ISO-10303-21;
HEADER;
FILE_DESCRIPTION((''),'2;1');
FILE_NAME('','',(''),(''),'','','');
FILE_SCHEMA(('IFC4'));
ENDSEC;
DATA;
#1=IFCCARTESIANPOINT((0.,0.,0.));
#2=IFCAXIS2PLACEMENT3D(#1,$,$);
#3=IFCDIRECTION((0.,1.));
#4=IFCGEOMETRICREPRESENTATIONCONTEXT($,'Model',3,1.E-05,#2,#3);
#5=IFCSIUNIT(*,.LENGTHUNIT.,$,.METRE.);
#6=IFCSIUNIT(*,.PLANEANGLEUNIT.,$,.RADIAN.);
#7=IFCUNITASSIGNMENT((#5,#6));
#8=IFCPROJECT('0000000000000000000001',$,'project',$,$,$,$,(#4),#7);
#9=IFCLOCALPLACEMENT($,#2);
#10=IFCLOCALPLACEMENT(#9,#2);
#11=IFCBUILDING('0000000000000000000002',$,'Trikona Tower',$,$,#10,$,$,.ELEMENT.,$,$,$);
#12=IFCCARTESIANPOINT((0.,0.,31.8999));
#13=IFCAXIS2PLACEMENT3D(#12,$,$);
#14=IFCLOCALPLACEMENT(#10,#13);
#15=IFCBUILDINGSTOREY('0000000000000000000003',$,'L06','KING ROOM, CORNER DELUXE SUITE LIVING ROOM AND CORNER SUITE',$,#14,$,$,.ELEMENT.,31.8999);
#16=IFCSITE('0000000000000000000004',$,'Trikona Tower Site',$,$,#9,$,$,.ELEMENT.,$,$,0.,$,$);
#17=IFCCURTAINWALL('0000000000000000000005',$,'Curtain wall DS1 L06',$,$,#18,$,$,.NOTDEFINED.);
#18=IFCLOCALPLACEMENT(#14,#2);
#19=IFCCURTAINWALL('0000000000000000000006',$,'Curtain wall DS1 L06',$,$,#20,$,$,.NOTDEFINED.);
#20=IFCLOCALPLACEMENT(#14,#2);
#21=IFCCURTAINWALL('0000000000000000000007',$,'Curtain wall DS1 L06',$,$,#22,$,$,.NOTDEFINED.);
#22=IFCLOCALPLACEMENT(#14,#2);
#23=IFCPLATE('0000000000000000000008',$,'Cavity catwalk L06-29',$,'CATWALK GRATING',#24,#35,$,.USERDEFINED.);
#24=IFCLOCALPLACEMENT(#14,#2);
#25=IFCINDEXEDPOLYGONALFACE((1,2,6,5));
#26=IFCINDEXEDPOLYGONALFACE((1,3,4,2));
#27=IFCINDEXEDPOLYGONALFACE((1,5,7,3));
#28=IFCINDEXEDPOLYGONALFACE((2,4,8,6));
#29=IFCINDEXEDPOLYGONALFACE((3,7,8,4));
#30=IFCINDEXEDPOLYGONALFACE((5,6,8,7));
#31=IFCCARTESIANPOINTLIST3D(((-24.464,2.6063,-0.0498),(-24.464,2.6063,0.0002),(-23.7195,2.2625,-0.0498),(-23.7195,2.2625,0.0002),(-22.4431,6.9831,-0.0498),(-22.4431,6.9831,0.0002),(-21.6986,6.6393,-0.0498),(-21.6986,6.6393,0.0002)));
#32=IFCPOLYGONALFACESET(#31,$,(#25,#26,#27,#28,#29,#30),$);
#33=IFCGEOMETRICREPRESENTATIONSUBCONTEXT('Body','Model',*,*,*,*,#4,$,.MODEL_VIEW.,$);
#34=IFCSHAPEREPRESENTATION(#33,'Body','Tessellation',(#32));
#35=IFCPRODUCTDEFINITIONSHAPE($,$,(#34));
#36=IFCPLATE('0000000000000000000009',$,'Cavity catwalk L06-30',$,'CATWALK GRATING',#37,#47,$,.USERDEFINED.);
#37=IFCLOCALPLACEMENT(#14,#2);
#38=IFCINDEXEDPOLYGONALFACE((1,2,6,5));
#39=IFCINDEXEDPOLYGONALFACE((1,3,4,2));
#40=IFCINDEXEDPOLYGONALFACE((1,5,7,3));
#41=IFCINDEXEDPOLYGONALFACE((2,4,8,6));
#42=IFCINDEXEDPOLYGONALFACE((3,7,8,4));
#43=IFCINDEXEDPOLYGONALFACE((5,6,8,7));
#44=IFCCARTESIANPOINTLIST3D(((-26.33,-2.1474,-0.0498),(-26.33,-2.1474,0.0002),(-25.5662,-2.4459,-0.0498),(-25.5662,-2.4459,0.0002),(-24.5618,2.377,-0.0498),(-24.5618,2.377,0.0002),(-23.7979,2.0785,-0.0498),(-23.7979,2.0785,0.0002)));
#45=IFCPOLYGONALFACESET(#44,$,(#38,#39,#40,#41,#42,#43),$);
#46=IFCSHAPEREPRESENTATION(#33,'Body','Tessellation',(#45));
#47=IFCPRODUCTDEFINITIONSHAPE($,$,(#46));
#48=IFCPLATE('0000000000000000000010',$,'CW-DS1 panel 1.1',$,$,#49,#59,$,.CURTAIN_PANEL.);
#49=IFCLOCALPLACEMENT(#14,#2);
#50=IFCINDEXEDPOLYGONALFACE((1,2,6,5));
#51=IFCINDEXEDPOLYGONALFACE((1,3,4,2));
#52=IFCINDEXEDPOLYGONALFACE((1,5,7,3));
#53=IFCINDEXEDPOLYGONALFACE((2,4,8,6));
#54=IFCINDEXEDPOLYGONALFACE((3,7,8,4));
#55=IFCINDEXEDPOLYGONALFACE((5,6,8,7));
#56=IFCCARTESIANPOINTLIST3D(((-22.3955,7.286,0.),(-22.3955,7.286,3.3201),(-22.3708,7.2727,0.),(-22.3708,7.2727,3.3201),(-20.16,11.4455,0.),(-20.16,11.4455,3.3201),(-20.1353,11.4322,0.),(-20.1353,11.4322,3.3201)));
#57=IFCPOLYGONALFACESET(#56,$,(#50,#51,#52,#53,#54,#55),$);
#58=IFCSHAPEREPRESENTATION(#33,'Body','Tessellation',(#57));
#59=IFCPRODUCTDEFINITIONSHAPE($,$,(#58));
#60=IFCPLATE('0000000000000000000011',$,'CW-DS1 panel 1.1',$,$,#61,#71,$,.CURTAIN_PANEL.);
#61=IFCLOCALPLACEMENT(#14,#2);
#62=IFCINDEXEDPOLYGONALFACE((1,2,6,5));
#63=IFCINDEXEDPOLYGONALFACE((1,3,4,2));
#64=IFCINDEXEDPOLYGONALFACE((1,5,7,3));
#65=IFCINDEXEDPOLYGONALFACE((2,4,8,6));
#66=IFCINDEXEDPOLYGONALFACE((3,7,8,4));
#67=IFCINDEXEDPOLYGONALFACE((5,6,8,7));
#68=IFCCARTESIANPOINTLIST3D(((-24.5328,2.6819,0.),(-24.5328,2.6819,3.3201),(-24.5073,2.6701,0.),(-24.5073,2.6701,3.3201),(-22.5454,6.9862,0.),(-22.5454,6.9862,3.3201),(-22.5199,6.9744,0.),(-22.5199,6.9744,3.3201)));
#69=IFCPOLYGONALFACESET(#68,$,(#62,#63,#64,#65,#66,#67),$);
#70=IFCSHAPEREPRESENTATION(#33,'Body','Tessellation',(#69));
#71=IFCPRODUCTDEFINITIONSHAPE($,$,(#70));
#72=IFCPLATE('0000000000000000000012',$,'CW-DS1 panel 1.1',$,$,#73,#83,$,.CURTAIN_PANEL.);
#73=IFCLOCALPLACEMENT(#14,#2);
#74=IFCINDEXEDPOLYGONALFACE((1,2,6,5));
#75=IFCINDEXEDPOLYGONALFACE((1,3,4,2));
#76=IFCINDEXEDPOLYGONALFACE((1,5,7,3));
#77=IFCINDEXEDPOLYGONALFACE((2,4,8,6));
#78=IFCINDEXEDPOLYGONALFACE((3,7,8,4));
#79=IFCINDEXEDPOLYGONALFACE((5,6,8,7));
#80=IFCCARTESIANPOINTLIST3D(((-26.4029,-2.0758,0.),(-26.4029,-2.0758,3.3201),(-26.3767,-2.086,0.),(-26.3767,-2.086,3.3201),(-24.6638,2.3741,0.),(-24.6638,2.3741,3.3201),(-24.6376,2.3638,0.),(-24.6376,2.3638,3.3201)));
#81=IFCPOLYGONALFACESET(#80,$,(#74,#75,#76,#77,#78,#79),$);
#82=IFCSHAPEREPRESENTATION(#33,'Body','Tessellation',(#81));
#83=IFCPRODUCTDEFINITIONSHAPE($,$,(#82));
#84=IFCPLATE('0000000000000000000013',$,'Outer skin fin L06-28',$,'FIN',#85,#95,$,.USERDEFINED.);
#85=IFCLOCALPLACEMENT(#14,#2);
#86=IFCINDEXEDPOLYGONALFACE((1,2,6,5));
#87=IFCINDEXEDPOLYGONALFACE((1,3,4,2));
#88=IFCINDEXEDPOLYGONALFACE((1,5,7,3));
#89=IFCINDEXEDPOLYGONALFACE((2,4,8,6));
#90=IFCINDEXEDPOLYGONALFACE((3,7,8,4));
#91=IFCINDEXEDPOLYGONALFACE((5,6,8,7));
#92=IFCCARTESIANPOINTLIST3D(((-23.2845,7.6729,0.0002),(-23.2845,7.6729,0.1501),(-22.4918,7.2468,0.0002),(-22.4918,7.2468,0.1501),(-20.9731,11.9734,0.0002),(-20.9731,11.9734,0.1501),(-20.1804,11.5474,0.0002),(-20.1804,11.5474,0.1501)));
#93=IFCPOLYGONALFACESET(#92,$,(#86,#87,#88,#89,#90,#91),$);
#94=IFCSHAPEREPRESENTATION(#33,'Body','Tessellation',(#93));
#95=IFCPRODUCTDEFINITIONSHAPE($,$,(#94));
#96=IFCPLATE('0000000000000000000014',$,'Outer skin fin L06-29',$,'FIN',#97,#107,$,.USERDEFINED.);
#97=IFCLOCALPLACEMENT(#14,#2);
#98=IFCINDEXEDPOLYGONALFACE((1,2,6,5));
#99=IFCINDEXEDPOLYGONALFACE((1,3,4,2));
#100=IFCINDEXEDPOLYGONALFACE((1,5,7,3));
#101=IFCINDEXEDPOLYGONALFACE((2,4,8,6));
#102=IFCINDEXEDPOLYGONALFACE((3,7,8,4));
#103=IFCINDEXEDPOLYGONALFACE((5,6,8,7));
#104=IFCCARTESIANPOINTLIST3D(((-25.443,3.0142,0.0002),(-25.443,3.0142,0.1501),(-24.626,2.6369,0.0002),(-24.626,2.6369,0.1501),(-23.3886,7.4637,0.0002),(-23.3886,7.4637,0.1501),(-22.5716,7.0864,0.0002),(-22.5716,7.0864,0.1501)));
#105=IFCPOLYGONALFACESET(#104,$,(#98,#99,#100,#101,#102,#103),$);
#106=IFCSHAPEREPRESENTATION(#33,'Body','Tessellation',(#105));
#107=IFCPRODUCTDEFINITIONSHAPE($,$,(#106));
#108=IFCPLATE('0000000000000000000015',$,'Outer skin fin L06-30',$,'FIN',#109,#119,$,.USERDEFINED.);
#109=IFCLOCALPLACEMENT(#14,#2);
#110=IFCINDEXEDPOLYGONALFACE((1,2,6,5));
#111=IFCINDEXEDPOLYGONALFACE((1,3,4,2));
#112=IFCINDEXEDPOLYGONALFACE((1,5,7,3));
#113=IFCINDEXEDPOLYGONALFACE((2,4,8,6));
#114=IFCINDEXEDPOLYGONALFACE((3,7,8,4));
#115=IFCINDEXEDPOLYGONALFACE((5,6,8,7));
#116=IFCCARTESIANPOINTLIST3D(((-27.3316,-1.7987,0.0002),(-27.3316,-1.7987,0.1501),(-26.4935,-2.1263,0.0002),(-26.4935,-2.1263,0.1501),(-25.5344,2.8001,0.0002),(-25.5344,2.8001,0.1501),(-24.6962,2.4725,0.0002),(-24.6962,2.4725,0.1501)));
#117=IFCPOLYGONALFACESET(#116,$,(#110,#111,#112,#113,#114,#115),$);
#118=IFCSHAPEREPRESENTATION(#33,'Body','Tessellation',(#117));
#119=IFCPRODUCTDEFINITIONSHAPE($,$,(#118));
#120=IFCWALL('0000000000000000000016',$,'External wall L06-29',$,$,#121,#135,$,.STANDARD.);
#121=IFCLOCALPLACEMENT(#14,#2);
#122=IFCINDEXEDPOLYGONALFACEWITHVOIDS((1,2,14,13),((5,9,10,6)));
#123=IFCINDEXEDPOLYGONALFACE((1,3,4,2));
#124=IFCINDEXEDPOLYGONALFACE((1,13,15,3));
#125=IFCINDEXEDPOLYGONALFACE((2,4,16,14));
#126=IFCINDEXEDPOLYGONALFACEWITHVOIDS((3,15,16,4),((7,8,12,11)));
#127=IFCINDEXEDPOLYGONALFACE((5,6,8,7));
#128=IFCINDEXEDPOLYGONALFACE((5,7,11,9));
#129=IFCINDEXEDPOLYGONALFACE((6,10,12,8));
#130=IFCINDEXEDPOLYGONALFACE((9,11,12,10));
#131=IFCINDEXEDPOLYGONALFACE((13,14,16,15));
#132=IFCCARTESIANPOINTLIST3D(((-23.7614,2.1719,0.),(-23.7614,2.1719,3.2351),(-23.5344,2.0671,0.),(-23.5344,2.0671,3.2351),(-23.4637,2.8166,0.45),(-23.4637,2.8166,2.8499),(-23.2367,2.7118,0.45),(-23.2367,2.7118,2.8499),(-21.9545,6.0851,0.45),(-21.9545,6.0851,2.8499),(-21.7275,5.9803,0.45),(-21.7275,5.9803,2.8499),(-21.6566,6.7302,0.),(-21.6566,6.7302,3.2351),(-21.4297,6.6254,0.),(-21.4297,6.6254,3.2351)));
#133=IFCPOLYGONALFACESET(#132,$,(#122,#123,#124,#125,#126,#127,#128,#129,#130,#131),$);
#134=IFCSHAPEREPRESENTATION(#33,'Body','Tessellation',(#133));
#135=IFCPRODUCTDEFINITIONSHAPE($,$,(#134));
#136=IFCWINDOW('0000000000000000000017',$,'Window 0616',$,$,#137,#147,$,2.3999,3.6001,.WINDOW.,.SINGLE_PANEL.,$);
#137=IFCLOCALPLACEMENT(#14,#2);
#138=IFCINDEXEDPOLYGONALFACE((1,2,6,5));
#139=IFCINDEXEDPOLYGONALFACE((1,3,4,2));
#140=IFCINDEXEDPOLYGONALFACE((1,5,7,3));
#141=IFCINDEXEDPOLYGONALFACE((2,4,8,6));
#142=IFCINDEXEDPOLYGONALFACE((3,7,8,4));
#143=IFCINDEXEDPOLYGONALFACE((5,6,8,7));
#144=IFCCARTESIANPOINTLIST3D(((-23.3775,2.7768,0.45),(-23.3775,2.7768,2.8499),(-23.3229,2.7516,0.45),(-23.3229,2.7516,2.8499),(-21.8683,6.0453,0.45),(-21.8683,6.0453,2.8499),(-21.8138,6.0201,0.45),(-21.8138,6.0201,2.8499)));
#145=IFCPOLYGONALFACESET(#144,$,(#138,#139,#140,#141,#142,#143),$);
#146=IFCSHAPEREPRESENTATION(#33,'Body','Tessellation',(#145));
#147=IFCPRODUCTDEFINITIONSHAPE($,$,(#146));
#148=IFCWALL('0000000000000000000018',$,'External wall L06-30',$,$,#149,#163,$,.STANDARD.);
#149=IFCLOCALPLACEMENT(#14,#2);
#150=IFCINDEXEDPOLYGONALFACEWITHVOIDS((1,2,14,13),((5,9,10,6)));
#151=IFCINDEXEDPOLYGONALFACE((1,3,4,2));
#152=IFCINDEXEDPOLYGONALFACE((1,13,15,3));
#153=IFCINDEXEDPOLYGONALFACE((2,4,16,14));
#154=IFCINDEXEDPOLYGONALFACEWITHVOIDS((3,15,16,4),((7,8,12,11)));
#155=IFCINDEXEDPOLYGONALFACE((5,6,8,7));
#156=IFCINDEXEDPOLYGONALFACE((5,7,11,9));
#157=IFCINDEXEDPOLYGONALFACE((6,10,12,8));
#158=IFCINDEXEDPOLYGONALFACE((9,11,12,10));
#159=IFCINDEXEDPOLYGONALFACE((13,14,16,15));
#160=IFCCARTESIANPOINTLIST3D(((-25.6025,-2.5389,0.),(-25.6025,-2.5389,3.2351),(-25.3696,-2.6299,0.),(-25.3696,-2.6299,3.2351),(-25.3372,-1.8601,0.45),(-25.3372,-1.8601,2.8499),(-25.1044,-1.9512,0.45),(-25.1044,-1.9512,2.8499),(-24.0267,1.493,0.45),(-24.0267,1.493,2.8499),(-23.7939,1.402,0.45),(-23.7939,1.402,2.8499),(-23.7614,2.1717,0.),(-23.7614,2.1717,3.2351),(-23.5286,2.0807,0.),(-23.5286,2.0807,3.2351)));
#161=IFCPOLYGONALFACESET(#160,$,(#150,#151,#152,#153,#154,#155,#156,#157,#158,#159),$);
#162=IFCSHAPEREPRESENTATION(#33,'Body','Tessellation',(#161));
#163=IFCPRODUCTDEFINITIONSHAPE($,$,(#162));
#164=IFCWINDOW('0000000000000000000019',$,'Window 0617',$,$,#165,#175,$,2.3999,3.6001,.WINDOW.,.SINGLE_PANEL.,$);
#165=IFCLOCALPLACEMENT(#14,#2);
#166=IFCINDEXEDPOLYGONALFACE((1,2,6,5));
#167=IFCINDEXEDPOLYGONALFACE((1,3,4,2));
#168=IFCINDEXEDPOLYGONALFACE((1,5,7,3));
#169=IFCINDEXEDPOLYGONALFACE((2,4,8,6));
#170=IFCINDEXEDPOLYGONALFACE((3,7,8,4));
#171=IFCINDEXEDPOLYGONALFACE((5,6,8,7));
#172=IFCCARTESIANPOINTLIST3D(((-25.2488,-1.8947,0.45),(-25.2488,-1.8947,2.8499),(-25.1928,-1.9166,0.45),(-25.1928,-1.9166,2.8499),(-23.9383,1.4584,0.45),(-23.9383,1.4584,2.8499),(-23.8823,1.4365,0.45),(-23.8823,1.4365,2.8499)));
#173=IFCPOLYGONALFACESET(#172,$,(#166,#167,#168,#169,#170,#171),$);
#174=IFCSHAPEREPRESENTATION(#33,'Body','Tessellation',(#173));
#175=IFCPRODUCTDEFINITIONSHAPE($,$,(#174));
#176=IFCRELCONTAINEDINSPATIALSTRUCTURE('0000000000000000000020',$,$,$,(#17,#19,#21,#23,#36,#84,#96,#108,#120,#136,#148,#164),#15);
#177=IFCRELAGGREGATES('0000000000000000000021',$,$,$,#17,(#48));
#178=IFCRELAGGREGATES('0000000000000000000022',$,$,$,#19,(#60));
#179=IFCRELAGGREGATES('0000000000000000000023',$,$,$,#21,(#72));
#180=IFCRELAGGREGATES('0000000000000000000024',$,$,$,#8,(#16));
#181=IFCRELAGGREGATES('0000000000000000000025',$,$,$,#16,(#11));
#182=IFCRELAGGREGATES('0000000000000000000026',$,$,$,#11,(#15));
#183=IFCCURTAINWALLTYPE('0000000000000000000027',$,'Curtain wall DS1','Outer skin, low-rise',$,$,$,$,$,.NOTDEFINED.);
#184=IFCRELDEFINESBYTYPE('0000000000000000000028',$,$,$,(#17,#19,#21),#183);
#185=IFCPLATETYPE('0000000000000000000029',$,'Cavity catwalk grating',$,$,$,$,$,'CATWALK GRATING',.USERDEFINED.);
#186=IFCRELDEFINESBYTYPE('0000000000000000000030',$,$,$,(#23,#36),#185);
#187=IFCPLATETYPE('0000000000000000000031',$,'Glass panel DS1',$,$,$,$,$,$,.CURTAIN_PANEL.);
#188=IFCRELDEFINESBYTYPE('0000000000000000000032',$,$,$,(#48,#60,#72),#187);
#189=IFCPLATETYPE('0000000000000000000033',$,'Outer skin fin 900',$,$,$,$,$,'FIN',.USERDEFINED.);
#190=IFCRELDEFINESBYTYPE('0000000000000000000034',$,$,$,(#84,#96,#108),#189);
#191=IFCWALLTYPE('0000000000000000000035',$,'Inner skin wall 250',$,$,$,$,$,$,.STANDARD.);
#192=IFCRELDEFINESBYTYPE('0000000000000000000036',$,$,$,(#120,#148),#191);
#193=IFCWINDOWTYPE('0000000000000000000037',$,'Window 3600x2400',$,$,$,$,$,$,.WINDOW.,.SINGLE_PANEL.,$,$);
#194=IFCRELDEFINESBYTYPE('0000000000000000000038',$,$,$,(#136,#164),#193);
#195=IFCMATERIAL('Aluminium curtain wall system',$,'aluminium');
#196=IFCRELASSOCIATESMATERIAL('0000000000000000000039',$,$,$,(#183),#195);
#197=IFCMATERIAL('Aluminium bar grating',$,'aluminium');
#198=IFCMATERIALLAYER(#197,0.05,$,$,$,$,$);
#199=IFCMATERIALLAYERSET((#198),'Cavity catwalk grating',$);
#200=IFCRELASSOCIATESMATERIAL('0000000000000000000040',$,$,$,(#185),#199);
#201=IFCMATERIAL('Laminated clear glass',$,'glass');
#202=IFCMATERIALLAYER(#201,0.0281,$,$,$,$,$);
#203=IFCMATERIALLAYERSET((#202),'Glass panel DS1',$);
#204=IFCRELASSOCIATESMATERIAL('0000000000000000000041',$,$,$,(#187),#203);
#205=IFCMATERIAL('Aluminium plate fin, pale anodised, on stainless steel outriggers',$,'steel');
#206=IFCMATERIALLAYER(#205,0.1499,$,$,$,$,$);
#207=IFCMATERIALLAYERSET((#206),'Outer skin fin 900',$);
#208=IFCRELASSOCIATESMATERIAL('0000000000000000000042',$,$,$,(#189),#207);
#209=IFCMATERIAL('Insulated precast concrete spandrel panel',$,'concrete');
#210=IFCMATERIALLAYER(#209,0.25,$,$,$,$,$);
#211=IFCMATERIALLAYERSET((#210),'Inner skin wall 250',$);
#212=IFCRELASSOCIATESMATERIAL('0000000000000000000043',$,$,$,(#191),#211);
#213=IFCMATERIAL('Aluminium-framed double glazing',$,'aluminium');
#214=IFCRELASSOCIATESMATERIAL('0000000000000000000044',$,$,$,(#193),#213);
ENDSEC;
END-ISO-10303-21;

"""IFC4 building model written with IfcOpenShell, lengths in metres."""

from ifc_helpers import new_model, si_unit, direction, frame, frame_2d, origin, origin_2d, place, context, subcontext, project, spatial, rectangle, extrude, material, layer, layer_set, type_object, element, fill, aggregate, save


model = new_model("IFC4")

# Units and contexts
model_context = context("Model", 3, precision=1e-05, world=origin(), true_north=direction((0.0, 1.0)))
body_context = subcontext(model_context, "Body", "Model", "MODEL_VIEW")
ifc_project = project(units=[si_unit("LENGTHUNIT", "METRE"), si_unit("PLANEANGLEUNIT", "RADIAN")], contexts=[model_context])

# Site, building, storey
site_placement = place(None, origin())
site = spatial("IfcSite", under=ifc_project, at=site_placement, Name="Trikona Tower Site", CompositionType="ELEMENT", RefElevation=0.0)
building_placement = place(site_placement, origin())
building = spatial("IfcBuilding", under=site, at=building_placement, Name="Trikona Tower", CompositionType="ELEMENT")
storey_placement = place(building_placement, frame((0.0, 0.0, 31.8999)))
storey = spatial("IfcBuildingStorey", under=building, at=storey_placement, Name="L06", Description="KING ROOM, CORNER DELUXE SUITE LIVING ROOM AND CORNER SUITE", CompositionType="ELEMENT", Elevation=31.8999)

# Shared definitions
ifc_material_1 = material(Name="Aluminium curtain wall system", Category="aluminium")
curtain_wall_type = type_object("IfcCurtainWallType", Name="Curtain wall DS1", Description="Outer skin, low-rise", PredefinedType="NOTDEFINED", material=ifc_material_1)

# Curtain walls
curtain_wall_1_placement = place(storey_placement, origin())
curtain_wall_1 = element("IfcCurtainWall", 1, at=curtain_wall_1_placement, inside=storey, type_object=curtain_wall_type, Name="Curtain wall DS1 L06", PredefinedType="NOTDEFINED")
curtain_wall_2_placement = place(storey_placement, origin())
curtain_wall_2 = element("IfcCurtainWall", 2, at=curtain_wall_2_placement, inside=storey, type_object=curtain_wall_type, Name="Curtain wall DS1 L06", PredefinedType="NOTDEFINED")

# Curtain wall
curtain_wall_3_placement = place(storey_placement, origin())
curtain_wall_3 = element("IfcCurtainWall", 3, at=curtain_wall_3_placement, inside=storey, type_object=curtain_wall_type, Name="Curtain wall DS1 L06", PredefinedType="NOTDEFINED")

# Plates
ifc_material_2 = material(Name="Aluminium bar grating", Category="aluminium")
ifc_layer_1 = layer(ifc_material_2, 0.05)
ifc_layer_set_1 = layer_set([ifc_layer_1], Name="Cavity catwalk grating")
plate_type_1 = type_object("IfcPlateType", Name="Cavity catwalk grating", ElementType="CATWALK GRATING", PredefinedType="USERDEFINED", material=ifc_layer_set_1)
plate_1_placement = place(storey_placement, frame((-23.0813, 4.6228, -0.0498), z_axis=(0.0, 0.0, 1.0), x_axis=(-0.419194, -0.907897, 0.0)))
element("IfcPlate", 4, at=plate_1_placement, inside=storey, type_object=plate_type_1, Name="Cavity catwalk L06-29", ObjectType="CATWALK GRATING", PredefinedType="USERDEFINED", context=body_context, shape_type="SweptSolid", body=[
    extrude(rectangle(XDim=4.8208, YDim=0.8201, at=origin_2d()), origin(), (0.0, 0.0, 1.0), 0.05),
])
plate_2_placement = place(storey_placement, frame((-25.064, -0.0344, -0.0498), z_axis=(0.0, 0.0, 1.0), x_axis=(-0.364009, -0.931395, 0.0)))
element("IfcPlate", 5, at=plate_2_placement, inside=storey, type_object=plate_type_1, Name="Cavity catwalk L06-30", ObjectType="CATWALK GRATING", PredefinedType="USERDEFINED", context=body_context, shape_type="SweptSolid", body=[
    extrude(rectangle(XDim=4.8577, YDim=0.8201, at=origin_2d()), origin(), (0.0, 0.0, 1.0), 0.05),
])

# Plates
ifc_material_3 = material(Name="Laminated clear glass", Category="glass")
ifc_layer_2 = layer(ifc_material_3, 0.0281)
ifc_layer_set_2 = layer_set([ifc_layer_2], Name="Glass panel DS1")
plate_type_2 = type_object("IfcPlateType", Name="Glass panel DS1", PredefinedType="CURTAIN_PANEL", material=ifc_layer_set_2)
plate_3_placement = place(storey_placement, frame((-21.2654, 9.3591, 0.0), z_axis=(0.0, 0.0, 1.0), x_axis=(-0.473408, -0.880843, 0.0)))
plate_3 = element("IfcPlate", 6, at=plate_3_placement, type_object=plate_type_2, Name="CW-DS1 panel 1.1", PredefinedType="CURTAIN_PANEL", context=body_context, shape_type="SweptSolid", body=[
    extrude(rectangle(XDim=4.7222, YDim=0.0281, at=origin_2d()), origin(), (0.0, 0.0, 1.0), 3.3201),
])
aggregate(curtain_wall_1, [plate_3])
plate_4_placement = place(storey_placement, frame((-23.5264, 4.8281, 0.0), z_axis=(0.0, 0.0, 1.0), x_axis=(-0.41919, -0.907898, 0.0)))
plate_4 = element("IfcPlate", 7, at=plate_4_placement, type_object=plate_type_2, Name="CW-DS1 panel 1.1", PredefinedType="CURTAIN_PANEL", context=body_context, shape_type="SweptSolid", body=[
    extrude(rectangle(XDim=4.741, YDim=0.0281, at=origin_2d()), origin(), (0.0, 0.0, 1.0), 3.3201),
])
aggregate(curtain_wall_2, [plate_4])
plate_5_placement = place(storey_placement, frame((-25.5203, 0.144, 0.0), z_axis=(0.0, 0.0, 1.0), x_axis=(-0.364008, -0.931396, 0.0)))
plate_5 = element("IfcPlate", 8, at=plate_5_placement, type_object=plate_type_2, Name="CW-DS1 panel 1.1", PredefinedType="CURTAIN_PANEL", context=body_context, shape_type="SweptSolid", body=[
    extrude(rectangle(XDim=4.7776, YDim=0.0281, at=origin_2d()), origin(), (0.0, 0.0, 1.0), 3.3201),
])
aggregate(curtain_wall_3, [plate_5])

# Plates
ifc_material_4 = material(Name="Aluminium plate fin, pale anodised, on stainless steel outriggers", Category="steel")
ifc_layer_3 = layer(ifc_material_4, 0.1499)
ifc_layer_set_3 = layer_set([ifc_layer_3], Name="Outer skin fin 900")
plate_type_3 = type_object("IfcPlateType", Name="Outer skin fin 900", ElementType="FIN", PredefinedType="USERDEFINED", material=ifc_layer_set_3)
plate_6_placement = place(storey_placement, frame((-21.7324, 9.6101, 0.0002), z_axis=(0.0, 0.0, 1.0), x_axis=(-0.473423, -0.880835, 0.0)))
element("IfcPlate", 9, at=plate_6_placement, inside=storey, type_object=plate_type_3, Name="Outer skin fin L06-28", ObjectType="FIN", PredefinedType="USERDEFINED", context=body_context, shape_type="SweptSolid", body=[
    extrude(rectangle(XDim=4.8823, YDim=0.8999, at=origin_2d()), origin(), (0.0, 0.0, 1.0), 0.1499),
])
plate_7_placement = place(storey_placement, frame((-24.0073, 5.0503, 0.0002), z_axis=(0.0, 0.0, 1.0), x_axis=(-0.419194, -0.907897, 0.0)))
element("IfcPlate", 10, at=plate_7_placement, inside=storey, type_object=plate_type_3, Name="Outer skin fin L06-29", ObjectType="FIN", PredefinedType="USERDEFINED", context=body_context, shape_type="SweptSolid", body=[
    extrude(rectangle(XDim=4.9009, YDim=0.8999, at=origin_2d()), origin(), (0.0, 0.0, 1.0), 0.1499),
])
plate_8_placement = place(storey_placement, frame((-26.0139, 0.3369, 0.0002), z_axis=(0.0, 0.0, 1.0), x_axis=(-0.364009, -0.931395, 0.0)))
element("IfcPlate", 11, at=plate_8_placement, inside=storey, type_object=plate_type_3, Name="Outer skin fin L06-30", ObjectType="FIN", PredefinedType="USERDEFINED", context=body_context, shape_type="SweptSolid", body=[
    extrude(rectangle(XDim=4.9375, YDim=0.8999, at=origin_2d()), origin(), (0.0, 0.0, 1.0), 0.1499),
])

# Walls, openings, windows
ifc_material_5 = material(Name="Insulated precast concrete spandrel panel", Category="concrete")
ifc_layer_4 = layer(ifc_material_5, 0.25)
ifc_layer_set_4 = layer_set([ifc_layer_4], Name="Inner skin wall 250")
wall_type = type_object("IfcWallType", Name="Inner skin wall 250", PredefinedType="STANDARD", material=ifc_layer_set_4)
wall_1_placement = place(storey_placement, frame((-21.5432, 6.6777, 0.0), z_axis=(0.0, 0.0, 1.0), x_axis=(-0.419203, -0.907892, 0.0)))
wall_1 = element("IfcWall", 12, at=wall_1_placement, inside=storey, type_object=wall_type, Name="External wall L06-29", PredefinedType="STANDARD", context=body_context, shape_type="SweptSolid", body=[
    extrude(rectangle(XDim=5.0208, YDim=0.25, at=frame_2d((2.5103, 0.0))), origin(), (0.0, 0.0, 1.0), 3.2351),
])
opening_1_placement = place(wall_1_placement, frame((0.7104, 0.0, 0.45)))
opening_1 = element("IfcOpeningElement", 13, at=opening_1_placement, cuts=wall_1, PredefinedType="OPENING", context=body_context, shape_type="SweptSolid", body=[
    extrude(rectangle(XDim=3.6001, YDim=2.3999, at=frame_2d((1.8, 1.2))), frame((0.0, 0.135, 0.0), z_axis=(0.0, -1.0, 0.0), x_axis=(1.0, 0.0, 0.0)), (0.0, 0.0, 1.0), 0.27),
])
ifc_material_6 = material(Name="Aluminium-framed double glazing", Category="aluminium")
window_type = type_object("IfcWindowType", Name="Window 3600x2400", PartitioningType="SINGLE_PANEL", PredefinedType="WINDOW", material=ifc_material_6)
window_1_placement = place(opening_1_placement, origin())
window_1 = element("IfcWindow", 14, at=window_1_placement, inside=storey, type_object=window_type, Name="Window 0616", OverallHeight=2.3999, OverallWidth=3.6001, PartitioningType="SINGLE_PANEL", PredefinedType="WINDOW", context=body_context, shape_type="SweptSolid", body=[
    extrude(rectangle(XDim=3.6001, YDim=2.3999, at=frame_2d((1.8, 1.2))), frame((0.0, 0.03, 0.0), z_axis=(0.0, -1.0, 0.0), x_axis=(1.0, 0.0, 0.0)), (0.0, 0.0, 1.0), 0.0601),
])
fill(opening_1, window_1)
wall_2_placement = place(storey_placement, frame((-23.645, 2.1262, 0.0), z_axis=(0.0, 0.0, 1.0), x_axis=(-0.364013, -0.931394, 0.0)))
wall_2 = element("IfcWall", 15, at=wall_2_placement, inside=storey, type_object=wall_type, Name="External wall L06-30", PredefinedType="STANDARD", context=body_context, shape_type="SweptSolid", body=[
    extrude(rectangle(XDim=5.0576, YDim=0.25, at=frame_2d((2.5288, 0.0))), origin(), (0.0, 0.0, 1.0), 3.2351),
])
opening_2_placement = place(wall_2_placement, frame((0.7288, 0.0, 0.45)))
opening_2 = element("IfcOpeningElement", 16, at=opening_2_placement, cuts=wall_2, PredefinedType="OPENING", context=body_context, shape_type="SweptSolid", body=[
    extrude(rectangle(XDim=3.6001, YDim=2.3999, at=frame_2d((1.8, 1.2))), frame((0.0, 0.135, 0.0), z_axis=(0.0, -1.0, 0.0), x_axis=(1.0, 0.0, 0.0)), (0.0, 0.0, 1.0), 0.27),
])
window_2_placement = place(opening_2_placement, origin())
window_2 = element("IfcWindow", 17, at=window_2_placement, inside=storey, type_object=window_type, Name="Window 0617", OverallHeight=2.3999, OverallWidth=3.6001, PartitioningType="SINGLE_PANEL", PredefinedType="WINDOW", context=body_context, shape_type="SweptSolid", body=[
    extrude(rectangle(XDim=3.6001, YDim=2.3999, at=frame_2d((1.8, 1.2))), frame((0.0, 0.03, 0.0), z_axis=(0.0, -1.0, 0.0), x_axis=(1.0, 0.0, 0.0)), (0.0, 0.0, 1.0), 0.0601),
])
fill(opening_2, window_2)

save(model, "model.ifc")
